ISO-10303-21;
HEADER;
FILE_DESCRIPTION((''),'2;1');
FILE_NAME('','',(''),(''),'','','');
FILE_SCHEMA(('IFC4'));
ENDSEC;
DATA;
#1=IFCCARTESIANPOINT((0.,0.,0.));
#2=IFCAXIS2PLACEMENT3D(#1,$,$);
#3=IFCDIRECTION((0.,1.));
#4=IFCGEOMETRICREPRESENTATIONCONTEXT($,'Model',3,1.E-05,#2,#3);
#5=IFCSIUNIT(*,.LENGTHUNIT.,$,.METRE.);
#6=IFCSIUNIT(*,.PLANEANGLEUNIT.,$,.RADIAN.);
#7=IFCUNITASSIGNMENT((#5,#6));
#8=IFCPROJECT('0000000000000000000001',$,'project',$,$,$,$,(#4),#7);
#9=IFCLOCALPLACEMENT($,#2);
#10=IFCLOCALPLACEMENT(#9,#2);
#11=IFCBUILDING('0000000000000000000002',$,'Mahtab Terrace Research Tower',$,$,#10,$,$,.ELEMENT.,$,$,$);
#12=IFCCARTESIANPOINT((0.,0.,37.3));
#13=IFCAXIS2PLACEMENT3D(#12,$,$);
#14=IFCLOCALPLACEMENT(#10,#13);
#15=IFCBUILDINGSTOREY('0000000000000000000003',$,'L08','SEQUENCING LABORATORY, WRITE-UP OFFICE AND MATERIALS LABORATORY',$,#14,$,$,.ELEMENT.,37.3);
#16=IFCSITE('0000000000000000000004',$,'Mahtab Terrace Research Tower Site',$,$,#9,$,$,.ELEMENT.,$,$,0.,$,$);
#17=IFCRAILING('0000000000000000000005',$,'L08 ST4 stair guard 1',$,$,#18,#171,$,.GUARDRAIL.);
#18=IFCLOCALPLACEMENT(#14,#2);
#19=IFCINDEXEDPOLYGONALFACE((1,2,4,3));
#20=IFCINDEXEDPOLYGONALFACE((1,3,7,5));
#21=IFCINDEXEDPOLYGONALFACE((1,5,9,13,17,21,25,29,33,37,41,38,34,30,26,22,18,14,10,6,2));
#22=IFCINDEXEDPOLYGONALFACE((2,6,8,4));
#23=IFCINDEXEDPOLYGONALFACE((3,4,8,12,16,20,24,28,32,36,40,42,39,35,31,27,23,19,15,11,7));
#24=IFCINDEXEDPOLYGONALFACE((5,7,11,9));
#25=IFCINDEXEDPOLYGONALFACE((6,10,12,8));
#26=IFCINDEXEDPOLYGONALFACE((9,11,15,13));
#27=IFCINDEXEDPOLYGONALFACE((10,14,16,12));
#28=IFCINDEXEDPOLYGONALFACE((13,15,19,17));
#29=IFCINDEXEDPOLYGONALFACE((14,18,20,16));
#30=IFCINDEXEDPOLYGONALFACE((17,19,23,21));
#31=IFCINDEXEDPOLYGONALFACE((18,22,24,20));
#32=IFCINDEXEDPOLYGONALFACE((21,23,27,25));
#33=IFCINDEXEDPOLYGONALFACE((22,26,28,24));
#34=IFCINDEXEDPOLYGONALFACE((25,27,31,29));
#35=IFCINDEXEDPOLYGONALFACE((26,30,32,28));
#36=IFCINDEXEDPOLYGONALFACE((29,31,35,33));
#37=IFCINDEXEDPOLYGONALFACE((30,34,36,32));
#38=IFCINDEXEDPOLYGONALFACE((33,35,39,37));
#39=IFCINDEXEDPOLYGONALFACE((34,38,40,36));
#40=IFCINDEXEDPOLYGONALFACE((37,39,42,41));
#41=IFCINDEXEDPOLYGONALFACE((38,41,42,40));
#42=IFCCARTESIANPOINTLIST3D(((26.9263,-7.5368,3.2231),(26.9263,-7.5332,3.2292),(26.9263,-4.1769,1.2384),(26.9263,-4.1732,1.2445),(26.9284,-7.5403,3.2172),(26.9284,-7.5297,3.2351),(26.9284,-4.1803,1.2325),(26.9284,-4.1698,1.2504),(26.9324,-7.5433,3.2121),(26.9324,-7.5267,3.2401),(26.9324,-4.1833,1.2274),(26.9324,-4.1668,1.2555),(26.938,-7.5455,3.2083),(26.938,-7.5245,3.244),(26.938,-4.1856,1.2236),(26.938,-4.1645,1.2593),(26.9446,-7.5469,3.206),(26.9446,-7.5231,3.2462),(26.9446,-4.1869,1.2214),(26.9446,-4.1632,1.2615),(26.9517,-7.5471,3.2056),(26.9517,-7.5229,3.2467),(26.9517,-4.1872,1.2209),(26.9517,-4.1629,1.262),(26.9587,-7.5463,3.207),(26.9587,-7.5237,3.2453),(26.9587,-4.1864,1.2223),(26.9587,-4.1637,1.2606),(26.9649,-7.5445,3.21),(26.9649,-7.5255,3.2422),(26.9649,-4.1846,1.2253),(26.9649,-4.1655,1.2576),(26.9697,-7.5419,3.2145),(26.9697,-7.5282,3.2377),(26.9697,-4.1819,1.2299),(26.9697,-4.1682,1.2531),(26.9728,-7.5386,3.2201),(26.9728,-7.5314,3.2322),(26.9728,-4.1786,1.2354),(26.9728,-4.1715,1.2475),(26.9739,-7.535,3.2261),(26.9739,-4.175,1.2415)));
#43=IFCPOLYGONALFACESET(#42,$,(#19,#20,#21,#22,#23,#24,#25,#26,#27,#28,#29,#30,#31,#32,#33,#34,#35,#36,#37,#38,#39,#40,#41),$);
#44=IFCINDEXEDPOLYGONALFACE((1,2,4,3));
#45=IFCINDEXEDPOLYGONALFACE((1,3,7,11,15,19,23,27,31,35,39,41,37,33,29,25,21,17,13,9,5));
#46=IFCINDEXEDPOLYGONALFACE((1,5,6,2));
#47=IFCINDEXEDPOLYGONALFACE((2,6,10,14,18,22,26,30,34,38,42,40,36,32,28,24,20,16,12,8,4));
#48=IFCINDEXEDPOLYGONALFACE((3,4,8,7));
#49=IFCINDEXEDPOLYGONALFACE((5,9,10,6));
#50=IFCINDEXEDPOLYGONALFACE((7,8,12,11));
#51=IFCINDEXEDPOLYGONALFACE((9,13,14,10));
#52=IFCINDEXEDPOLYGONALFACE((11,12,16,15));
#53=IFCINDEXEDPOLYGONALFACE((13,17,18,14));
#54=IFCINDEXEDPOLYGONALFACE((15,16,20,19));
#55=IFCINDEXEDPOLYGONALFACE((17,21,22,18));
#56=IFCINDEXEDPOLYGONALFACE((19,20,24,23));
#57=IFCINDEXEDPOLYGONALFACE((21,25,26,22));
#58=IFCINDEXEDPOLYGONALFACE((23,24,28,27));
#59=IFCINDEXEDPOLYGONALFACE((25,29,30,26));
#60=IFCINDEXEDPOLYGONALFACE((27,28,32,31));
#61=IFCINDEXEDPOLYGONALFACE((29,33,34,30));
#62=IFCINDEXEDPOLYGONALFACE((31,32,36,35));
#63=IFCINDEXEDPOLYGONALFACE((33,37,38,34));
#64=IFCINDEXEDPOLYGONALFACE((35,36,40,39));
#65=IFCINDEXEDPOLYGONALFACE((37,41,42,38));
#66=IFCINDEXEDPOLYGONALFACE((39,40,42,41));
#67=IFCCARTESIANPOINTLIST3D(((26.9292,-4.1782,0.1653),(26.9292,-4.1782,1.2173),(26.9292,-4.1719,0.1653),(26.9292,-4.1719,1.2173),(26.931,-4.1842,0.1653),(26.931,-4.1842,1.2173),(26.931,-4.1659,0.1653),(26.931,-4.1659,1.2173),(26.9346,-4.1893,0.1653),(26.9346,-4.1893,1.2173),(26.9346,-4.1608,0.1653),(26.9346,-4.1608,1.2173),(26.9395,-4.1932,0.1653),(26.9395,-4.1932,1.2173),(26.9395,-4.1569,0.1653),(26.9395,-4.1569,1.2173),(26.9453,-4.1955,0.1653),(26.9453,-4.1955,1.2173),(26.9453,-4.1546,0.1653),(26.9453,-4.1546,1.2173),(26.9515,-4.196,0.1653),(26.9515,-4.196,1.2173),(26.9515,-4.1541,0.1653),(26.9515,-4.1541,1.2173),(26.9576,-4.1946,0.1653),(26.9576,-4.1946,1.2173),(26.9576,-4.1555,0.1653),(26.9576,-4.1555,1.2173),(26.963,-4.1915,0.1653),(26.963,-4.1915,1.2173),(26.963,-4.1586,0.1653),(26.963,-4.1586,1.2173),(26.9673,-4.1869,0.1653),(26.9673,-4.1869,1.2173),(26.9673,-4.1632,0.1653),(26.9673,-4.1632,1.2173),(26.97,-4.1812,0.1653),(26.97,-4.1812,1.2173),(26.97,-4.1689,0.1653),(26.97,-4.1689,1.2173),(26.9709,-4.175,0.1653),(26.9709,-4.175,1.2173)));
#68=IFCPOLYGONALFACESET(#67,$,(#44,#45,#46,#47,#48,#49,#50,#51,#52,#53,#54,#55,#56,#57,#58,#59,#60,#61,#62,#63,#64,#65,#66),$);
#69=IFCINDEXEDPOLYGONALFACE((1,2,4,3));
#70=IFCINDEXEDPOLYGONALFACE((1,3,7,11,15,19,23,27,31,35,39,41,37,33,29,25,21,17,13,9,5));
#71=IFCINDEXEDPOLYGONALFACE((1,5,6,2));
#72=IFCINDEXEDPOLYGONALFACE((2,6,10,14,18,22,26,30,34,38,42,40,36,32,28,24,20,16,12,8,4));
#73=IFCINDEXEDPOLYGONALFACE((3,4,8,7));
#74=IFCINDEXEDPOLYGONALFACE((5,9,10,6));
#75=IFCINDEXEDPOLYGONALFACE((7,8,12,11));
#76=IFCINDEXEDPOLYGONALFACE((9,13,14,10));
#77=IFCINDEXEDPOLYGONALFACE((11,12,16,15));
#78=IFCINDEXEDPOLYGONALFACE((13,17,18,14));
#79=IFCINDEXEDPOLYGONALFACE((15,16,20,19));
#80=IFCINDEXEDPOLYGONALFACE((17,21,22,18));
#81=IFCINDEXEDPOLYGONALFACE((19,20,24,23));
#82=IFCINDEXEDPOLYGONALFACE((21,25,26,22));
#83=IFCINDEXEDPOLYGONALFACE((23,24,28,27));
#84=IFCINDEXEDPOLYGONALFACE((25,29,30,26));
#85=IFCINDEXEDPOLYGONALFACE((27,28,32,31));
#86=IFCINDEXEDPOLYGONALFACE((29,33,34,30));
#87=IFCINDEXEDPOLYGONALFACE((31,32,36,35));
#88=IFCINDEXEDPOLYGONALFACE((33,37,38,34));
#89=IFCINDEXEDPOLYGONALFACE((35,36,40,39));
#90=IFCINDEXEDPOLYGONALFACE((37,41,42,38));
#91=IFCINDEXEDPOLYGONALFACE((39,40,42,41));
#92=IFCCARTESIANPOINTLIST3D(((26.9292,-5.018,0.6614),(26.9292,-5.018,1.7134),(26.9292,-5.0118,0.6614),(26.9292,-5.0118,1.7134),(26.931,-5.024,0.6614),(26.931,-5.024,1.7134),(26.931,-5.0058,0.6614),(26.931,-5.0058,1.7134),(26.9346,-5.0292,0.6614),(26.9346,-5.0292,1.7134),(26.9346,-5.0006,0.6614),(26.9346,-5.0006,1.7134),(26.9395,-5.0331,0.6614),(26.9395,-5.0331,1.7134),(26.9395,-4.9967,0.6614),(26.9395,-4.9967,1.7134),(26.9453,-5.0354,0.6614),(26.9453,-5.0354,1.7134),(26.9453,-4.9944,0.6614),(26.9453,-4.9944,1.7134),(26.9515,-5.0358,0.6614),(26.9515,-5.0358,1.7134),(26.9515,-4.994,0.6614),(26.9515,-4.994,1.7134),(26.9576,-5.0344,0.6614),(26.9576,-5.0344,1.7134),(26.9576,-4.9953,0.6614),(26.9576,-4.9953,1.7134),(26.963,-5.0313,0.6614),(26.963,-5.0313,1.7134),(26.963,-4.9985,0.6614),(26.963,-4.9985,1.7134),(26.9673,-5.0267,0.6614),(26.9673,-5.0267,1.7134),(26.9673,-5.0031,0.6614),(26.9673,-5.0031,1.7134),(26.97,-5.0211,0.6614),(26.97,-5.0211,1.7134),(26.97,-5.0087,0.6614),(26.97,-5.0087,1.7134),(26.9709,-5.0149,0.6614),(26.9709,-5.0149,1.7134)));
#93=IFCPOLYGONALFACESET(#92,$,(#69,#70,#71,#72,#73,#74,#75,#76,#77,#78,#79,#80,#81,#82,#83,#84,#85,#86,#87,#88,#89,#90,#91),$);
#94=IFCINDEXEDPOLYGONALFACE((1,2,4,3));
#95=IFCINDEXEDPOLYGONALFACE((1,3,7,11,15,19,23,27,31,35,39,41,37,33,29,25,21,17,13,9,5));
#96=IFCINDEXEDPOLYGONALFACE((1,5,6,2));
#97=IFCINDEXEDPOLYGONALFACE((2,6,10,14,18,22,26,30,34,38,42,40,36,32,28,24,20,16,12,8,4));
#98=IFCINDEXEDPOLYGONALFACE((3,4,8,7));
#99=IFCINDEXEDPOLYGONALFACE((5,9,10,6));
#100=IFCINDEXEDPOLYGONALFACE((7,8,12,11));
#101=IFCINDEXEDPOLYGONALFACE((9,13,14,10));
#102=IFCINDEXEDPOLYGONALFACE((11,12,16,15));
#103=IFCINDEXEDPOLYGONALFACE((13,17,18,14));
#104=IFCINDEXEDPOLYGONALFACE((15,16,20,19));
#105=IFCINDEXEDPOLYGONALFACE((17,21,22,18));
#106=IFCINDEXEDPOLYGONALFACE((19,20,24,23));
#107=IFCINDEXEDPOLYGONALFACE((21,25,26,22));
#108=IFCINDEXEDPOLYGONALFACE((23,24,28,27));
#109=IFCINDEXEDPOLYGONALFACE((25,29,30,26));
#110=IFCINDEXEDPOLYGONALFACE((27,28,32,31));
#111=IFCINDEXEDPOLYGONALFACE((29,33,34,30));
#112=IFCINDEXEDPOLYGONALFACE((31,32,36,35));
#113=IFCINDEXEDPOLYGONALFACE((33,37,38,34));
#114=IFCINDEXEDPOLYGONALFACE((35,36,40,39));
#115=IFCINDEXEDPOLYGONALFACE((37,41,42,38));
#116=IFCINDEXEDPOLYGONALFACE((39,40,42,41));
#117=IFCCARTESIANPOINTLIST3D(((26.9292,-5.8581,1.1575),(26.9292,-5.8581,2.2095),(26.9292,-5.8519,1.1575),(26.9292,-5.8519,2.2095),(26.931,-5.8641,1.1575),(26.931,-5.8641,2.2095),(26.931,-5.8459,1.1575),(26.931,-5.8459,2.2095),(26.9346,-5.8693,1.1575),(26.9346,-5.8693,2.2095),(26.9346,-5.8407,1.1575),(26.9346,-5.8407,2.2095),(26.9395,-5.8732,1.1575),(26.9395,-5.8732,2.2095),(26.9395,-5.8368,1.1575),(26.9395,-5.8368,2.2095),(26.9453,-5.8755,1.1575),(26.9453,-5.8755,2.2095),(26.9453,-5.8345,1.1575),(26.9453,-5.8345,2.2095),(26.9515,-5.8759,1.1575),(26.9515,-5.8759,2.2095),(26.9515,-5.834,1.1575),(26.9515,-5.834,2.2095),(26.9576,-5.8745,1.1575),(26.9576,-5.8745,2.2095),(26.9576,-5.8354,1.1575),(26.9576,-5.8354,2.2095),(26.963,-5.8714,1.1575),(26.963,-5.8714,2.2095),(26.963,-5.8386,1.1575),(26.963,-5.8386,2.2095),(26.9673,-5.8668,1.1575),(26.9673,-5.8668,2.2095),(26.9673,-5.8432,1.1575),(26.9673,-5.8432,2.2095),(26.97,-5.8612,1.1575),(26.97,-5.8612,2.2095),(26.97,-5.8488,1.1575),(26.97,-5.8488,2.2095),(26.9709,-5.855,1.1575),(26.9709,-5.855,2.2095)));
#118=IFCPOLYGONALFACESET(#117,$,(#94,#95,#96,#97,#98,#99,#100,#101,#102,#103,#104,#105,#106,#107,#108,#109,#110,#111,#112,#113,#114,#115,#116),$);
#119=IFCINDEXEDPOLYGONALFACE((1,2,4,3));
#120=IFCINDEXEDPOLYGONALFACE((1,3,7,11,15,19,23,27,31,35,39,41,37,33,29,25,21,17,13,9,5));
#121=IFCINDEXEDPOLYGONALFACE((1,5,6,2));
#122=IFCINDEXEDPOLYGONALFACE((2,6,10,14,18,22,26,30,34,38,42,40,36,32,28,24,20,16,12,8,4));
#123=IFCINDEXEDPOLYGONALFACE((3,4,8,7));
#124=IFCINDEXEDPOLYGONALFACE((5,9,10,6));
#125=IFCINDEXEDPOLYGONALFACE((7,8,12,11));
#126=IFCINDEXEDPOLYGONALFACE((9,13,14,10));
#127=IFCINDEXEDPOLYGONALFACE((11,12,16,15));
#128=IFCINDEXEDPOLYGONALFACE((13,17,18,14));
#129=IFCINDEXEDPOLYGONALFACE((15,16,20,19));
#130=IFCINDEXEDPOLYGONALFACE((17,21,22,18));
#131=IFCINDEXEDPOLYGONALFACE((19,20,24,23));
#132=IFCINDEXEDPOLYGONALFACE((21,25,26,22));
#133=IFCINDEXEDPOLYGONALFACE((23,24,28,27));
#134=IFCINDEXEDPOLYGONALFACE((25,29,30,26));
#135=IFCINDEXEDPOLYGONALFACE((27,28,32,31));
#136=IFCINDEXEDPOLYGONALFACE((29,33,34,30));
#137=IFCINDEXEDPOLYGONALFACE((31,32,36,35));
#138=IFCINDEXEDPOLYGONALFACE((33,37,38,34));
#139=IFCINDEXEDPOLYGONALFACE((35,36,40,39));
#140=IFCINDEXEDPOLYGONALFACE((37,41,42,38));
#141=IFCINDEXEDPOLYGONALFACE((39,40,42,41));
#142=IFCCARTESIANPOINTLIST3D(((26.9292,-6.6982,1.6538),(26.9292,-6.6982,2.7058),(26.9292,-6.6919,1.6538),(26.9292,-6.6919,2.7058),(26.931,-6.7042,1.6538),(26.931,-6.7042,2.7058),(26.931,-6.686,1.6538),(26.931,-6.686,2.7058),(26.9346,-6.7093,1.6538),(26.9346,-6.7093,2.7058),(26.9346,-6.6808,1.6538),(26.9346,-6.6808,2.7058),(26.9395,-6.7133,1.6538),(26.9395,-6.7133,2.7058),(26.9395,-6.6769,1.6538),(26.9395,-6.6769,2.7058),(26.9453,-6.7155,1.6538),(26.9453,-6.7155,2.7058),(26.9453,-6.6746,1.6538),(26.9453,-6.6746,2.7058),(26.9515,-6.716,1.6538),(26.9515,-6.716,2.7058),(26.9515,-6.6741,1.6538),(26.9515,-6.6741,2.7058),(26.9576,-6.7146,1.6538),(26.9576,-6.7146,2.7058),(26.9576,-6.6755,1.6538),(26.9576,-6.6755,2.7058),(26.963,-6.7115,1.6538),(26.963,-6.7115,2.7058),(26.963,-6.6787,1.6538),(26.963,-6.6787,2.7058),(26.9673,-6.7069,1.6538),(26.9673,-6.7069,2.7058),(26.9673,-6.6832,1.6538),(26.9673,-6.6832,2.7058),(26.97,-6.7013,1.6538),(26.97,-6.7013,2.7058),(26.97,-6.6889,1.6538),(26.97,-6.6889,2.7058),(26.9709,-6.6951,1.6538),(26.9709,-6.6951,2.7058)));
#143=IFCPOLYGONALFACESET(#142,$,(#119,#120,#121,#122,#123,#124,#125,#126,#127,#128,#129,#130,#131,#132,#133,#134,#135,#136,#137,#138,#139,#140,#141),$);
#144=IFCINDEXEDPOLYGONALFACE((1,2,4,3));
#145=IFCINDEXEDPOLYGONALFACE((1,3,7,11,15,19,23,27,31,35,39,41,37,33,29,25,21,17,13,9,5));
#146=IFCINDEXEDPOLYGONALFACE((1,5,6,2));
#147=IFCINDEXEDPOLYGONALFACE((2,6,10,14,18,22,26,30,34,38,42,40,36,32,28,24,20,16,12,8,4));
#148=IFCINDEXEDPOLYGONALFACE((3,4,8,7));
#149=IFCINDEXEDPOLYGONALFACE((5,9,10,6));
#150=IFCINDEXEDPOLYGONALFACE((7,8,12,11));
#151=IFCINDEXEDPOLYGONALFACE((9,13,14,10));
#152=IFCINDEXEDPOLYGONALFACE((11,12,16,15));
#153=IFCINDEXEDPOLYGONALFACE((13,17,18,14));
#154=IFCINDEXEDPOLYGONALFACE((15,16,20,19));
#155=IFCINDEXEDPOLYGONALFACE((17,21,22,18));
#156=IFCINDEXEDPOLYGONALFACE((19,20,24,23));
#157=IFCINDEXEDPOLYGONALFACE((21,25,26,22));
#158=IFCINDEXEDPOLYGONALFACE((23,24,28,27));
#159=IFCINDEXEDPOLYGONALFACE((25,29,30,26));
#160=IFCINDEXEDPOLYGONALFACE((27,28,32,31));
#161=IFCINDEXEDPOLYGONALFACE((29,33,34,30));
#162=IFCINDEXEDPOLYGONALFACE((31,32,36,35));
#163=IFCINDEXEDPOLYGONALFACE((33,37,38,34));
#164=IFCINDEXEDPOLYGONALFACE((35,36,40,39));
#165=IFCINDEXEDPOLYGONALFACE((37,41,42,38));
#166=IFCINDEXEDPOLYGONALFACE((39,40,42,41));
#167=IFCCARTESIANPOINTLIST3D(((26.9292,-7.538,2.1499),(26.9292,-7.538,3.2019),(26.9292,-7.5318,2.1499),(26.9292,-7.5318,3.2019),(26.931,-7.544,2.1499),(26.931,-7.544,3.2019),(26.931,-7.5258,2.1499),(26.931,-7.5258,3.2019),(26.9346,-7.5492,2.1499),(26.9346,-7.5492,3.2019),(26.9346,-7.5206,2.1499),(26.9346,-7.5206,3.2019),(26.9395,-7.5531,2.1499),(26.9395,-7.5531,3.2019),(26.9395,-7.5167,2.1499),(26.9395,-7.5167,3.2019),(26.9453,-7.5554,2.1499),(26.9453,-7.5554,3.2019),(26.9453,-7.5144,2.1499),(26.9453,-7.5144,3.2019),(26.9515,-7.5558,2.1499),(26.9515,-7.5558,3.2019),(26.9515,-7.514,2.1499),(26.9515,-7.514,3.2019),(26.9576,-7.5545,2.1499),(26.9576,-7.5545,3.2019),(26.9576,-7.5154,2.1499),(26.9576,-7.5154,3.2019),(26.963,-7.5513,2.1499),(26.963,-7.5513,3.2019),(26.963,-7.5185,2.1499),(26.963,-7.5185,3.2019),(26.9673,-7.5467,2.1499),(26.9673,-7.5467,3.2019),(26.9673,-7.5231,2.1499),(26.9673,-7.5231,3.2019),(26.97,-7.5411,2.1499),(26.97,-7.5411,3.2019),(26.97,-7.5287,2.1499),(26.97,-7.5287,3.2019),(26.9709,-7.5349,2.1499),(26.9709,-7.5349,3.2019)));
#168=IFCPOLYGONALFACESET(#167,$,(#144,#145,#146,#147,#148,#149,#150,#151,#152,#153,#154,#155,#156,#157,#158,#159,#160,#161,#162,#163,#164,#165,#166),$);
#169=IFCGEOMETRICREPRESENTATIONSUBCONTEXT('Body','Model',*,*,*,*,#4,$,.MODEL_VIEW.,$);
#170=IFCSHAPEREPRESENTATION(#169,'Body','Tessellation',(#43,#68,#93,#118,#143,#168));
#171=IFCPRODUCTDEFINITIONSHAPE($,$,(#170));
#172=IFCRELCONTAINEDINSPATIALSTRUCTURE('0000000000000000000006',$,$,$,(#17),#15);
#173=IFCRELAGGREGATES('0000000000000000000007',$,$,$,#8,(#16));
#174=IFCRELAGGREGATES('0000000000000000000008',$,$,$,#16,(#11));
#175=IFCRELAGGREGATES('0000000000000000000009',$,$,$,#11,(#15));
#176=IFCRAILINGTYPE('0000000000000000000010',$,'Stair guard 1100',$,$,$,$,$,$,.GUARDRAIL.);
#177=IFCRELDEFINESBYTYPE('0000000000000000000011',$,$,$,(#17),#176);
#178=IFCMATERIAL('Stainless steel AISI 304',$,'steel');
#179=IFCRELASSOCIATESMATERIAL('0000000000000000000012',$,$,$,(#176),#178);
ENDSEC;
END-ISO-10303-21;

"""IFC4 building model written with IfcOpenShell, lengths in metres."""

from ifc_helpers import new_model, si_unit, direction, frame, origin, origin_2d, place, context, subcontext, project, spatial, circle, extrude, material, type_object, element, save


model = new_model("IFC4")

# Units and contexts
model_context = context("Model", 3, precision=1e-05, world=origin(), true_north=direction((0.0, 1.0)))
body_context = subcontext(model_context, "Body", "Model", "MODEL_VIEW")
ifc_project = project(units=[si_unit("LENGTHUNIT", "METRE"), si_unit("PLANEANGLEUNIT", "RADIAN")], contexts=[model_context])

# Site, building, storey
site_placement = place(None, origin())
site = spatial("IfcSite", under=ifc_project, at=site_placement, Name="Mahtab Terrace Research Tower Site", CompositionType="ELEMENT", RefElevation=0.0)
building_placement = place(site_placement, origin())
building = spatial("IfcBuilding", under=site, at=building_placement, Name="Mahtab Terrace Research Tower", CompositionType="ELEMENT")
storey_placement = place(building_placement, frame((0.0, 0.0, 37.3)))
storey = spatial("IfcBuildingStorey", under=building, at=storey_placement, Name="L08", Description="SEQUENCING LABORATORY, WRITE-UP OFFICE AND MATERIALS LABORATORY", CompositionType="ELEMENT", Elevation=37.3)

# Railing
ifc_material_1 = material(Name="Stainless steel AISI 304", Category="steel")
railing_type_1 = type_object("IfcRailingType", Name="Stair guard 1100", PredefinedType="GUARDRAIL", material=ifc_material_1)
railing_1_placement = place(storey_placement, frame((26.95, -4.175, 0.1653)))
element("IfcRailing", 1, at=railing_1_placement, inside=storey, type_object=railing_type_1, Name="L08 ST4 stair guard 1", PredefinedType="GUARDRAIL", context=body_context, shape_type="SweptSolid", body=[
    extrude(circle(Radius=0.0239, at=origin_2d()), frame((0.0, 0.0, 1.0762), z_axis=(0.0, -0.861011, 0.508586), x_axis=(1.0, 0.0, 0.0)), (0.0, 0.0, 1.0), 3.9023),
    extrude(circle(Radius=0.021, at=origin_2d()), origin(), (0.0, 0.0, 1.0), 1.052),
    extrude(circle(Radius=0.021, at=origin_2d()), frame((0.0, -0.8398, 0.4961)), (0.0, 0.0, 1.0), 1.052),
    extrude(circle(Radius=0.021, at=origin_2d()), frame((0.0, -1.6799, 0.9922)), (0.0, 0.0, 1.0), 1.052),
    extrude(circle(Radius=0.021, at=origin_2d()), frame((0.0, -2.52, 1.4885)), (0.0, 0.0, 1.0), 1.052),
    extrude(circle(Radius=0.021, at=origin_2d()), frame((0.0, -3.3599, 1.9846)), (0.0, 0.0, 1.0), 1.052),
])

save(model, "model.ifc")
